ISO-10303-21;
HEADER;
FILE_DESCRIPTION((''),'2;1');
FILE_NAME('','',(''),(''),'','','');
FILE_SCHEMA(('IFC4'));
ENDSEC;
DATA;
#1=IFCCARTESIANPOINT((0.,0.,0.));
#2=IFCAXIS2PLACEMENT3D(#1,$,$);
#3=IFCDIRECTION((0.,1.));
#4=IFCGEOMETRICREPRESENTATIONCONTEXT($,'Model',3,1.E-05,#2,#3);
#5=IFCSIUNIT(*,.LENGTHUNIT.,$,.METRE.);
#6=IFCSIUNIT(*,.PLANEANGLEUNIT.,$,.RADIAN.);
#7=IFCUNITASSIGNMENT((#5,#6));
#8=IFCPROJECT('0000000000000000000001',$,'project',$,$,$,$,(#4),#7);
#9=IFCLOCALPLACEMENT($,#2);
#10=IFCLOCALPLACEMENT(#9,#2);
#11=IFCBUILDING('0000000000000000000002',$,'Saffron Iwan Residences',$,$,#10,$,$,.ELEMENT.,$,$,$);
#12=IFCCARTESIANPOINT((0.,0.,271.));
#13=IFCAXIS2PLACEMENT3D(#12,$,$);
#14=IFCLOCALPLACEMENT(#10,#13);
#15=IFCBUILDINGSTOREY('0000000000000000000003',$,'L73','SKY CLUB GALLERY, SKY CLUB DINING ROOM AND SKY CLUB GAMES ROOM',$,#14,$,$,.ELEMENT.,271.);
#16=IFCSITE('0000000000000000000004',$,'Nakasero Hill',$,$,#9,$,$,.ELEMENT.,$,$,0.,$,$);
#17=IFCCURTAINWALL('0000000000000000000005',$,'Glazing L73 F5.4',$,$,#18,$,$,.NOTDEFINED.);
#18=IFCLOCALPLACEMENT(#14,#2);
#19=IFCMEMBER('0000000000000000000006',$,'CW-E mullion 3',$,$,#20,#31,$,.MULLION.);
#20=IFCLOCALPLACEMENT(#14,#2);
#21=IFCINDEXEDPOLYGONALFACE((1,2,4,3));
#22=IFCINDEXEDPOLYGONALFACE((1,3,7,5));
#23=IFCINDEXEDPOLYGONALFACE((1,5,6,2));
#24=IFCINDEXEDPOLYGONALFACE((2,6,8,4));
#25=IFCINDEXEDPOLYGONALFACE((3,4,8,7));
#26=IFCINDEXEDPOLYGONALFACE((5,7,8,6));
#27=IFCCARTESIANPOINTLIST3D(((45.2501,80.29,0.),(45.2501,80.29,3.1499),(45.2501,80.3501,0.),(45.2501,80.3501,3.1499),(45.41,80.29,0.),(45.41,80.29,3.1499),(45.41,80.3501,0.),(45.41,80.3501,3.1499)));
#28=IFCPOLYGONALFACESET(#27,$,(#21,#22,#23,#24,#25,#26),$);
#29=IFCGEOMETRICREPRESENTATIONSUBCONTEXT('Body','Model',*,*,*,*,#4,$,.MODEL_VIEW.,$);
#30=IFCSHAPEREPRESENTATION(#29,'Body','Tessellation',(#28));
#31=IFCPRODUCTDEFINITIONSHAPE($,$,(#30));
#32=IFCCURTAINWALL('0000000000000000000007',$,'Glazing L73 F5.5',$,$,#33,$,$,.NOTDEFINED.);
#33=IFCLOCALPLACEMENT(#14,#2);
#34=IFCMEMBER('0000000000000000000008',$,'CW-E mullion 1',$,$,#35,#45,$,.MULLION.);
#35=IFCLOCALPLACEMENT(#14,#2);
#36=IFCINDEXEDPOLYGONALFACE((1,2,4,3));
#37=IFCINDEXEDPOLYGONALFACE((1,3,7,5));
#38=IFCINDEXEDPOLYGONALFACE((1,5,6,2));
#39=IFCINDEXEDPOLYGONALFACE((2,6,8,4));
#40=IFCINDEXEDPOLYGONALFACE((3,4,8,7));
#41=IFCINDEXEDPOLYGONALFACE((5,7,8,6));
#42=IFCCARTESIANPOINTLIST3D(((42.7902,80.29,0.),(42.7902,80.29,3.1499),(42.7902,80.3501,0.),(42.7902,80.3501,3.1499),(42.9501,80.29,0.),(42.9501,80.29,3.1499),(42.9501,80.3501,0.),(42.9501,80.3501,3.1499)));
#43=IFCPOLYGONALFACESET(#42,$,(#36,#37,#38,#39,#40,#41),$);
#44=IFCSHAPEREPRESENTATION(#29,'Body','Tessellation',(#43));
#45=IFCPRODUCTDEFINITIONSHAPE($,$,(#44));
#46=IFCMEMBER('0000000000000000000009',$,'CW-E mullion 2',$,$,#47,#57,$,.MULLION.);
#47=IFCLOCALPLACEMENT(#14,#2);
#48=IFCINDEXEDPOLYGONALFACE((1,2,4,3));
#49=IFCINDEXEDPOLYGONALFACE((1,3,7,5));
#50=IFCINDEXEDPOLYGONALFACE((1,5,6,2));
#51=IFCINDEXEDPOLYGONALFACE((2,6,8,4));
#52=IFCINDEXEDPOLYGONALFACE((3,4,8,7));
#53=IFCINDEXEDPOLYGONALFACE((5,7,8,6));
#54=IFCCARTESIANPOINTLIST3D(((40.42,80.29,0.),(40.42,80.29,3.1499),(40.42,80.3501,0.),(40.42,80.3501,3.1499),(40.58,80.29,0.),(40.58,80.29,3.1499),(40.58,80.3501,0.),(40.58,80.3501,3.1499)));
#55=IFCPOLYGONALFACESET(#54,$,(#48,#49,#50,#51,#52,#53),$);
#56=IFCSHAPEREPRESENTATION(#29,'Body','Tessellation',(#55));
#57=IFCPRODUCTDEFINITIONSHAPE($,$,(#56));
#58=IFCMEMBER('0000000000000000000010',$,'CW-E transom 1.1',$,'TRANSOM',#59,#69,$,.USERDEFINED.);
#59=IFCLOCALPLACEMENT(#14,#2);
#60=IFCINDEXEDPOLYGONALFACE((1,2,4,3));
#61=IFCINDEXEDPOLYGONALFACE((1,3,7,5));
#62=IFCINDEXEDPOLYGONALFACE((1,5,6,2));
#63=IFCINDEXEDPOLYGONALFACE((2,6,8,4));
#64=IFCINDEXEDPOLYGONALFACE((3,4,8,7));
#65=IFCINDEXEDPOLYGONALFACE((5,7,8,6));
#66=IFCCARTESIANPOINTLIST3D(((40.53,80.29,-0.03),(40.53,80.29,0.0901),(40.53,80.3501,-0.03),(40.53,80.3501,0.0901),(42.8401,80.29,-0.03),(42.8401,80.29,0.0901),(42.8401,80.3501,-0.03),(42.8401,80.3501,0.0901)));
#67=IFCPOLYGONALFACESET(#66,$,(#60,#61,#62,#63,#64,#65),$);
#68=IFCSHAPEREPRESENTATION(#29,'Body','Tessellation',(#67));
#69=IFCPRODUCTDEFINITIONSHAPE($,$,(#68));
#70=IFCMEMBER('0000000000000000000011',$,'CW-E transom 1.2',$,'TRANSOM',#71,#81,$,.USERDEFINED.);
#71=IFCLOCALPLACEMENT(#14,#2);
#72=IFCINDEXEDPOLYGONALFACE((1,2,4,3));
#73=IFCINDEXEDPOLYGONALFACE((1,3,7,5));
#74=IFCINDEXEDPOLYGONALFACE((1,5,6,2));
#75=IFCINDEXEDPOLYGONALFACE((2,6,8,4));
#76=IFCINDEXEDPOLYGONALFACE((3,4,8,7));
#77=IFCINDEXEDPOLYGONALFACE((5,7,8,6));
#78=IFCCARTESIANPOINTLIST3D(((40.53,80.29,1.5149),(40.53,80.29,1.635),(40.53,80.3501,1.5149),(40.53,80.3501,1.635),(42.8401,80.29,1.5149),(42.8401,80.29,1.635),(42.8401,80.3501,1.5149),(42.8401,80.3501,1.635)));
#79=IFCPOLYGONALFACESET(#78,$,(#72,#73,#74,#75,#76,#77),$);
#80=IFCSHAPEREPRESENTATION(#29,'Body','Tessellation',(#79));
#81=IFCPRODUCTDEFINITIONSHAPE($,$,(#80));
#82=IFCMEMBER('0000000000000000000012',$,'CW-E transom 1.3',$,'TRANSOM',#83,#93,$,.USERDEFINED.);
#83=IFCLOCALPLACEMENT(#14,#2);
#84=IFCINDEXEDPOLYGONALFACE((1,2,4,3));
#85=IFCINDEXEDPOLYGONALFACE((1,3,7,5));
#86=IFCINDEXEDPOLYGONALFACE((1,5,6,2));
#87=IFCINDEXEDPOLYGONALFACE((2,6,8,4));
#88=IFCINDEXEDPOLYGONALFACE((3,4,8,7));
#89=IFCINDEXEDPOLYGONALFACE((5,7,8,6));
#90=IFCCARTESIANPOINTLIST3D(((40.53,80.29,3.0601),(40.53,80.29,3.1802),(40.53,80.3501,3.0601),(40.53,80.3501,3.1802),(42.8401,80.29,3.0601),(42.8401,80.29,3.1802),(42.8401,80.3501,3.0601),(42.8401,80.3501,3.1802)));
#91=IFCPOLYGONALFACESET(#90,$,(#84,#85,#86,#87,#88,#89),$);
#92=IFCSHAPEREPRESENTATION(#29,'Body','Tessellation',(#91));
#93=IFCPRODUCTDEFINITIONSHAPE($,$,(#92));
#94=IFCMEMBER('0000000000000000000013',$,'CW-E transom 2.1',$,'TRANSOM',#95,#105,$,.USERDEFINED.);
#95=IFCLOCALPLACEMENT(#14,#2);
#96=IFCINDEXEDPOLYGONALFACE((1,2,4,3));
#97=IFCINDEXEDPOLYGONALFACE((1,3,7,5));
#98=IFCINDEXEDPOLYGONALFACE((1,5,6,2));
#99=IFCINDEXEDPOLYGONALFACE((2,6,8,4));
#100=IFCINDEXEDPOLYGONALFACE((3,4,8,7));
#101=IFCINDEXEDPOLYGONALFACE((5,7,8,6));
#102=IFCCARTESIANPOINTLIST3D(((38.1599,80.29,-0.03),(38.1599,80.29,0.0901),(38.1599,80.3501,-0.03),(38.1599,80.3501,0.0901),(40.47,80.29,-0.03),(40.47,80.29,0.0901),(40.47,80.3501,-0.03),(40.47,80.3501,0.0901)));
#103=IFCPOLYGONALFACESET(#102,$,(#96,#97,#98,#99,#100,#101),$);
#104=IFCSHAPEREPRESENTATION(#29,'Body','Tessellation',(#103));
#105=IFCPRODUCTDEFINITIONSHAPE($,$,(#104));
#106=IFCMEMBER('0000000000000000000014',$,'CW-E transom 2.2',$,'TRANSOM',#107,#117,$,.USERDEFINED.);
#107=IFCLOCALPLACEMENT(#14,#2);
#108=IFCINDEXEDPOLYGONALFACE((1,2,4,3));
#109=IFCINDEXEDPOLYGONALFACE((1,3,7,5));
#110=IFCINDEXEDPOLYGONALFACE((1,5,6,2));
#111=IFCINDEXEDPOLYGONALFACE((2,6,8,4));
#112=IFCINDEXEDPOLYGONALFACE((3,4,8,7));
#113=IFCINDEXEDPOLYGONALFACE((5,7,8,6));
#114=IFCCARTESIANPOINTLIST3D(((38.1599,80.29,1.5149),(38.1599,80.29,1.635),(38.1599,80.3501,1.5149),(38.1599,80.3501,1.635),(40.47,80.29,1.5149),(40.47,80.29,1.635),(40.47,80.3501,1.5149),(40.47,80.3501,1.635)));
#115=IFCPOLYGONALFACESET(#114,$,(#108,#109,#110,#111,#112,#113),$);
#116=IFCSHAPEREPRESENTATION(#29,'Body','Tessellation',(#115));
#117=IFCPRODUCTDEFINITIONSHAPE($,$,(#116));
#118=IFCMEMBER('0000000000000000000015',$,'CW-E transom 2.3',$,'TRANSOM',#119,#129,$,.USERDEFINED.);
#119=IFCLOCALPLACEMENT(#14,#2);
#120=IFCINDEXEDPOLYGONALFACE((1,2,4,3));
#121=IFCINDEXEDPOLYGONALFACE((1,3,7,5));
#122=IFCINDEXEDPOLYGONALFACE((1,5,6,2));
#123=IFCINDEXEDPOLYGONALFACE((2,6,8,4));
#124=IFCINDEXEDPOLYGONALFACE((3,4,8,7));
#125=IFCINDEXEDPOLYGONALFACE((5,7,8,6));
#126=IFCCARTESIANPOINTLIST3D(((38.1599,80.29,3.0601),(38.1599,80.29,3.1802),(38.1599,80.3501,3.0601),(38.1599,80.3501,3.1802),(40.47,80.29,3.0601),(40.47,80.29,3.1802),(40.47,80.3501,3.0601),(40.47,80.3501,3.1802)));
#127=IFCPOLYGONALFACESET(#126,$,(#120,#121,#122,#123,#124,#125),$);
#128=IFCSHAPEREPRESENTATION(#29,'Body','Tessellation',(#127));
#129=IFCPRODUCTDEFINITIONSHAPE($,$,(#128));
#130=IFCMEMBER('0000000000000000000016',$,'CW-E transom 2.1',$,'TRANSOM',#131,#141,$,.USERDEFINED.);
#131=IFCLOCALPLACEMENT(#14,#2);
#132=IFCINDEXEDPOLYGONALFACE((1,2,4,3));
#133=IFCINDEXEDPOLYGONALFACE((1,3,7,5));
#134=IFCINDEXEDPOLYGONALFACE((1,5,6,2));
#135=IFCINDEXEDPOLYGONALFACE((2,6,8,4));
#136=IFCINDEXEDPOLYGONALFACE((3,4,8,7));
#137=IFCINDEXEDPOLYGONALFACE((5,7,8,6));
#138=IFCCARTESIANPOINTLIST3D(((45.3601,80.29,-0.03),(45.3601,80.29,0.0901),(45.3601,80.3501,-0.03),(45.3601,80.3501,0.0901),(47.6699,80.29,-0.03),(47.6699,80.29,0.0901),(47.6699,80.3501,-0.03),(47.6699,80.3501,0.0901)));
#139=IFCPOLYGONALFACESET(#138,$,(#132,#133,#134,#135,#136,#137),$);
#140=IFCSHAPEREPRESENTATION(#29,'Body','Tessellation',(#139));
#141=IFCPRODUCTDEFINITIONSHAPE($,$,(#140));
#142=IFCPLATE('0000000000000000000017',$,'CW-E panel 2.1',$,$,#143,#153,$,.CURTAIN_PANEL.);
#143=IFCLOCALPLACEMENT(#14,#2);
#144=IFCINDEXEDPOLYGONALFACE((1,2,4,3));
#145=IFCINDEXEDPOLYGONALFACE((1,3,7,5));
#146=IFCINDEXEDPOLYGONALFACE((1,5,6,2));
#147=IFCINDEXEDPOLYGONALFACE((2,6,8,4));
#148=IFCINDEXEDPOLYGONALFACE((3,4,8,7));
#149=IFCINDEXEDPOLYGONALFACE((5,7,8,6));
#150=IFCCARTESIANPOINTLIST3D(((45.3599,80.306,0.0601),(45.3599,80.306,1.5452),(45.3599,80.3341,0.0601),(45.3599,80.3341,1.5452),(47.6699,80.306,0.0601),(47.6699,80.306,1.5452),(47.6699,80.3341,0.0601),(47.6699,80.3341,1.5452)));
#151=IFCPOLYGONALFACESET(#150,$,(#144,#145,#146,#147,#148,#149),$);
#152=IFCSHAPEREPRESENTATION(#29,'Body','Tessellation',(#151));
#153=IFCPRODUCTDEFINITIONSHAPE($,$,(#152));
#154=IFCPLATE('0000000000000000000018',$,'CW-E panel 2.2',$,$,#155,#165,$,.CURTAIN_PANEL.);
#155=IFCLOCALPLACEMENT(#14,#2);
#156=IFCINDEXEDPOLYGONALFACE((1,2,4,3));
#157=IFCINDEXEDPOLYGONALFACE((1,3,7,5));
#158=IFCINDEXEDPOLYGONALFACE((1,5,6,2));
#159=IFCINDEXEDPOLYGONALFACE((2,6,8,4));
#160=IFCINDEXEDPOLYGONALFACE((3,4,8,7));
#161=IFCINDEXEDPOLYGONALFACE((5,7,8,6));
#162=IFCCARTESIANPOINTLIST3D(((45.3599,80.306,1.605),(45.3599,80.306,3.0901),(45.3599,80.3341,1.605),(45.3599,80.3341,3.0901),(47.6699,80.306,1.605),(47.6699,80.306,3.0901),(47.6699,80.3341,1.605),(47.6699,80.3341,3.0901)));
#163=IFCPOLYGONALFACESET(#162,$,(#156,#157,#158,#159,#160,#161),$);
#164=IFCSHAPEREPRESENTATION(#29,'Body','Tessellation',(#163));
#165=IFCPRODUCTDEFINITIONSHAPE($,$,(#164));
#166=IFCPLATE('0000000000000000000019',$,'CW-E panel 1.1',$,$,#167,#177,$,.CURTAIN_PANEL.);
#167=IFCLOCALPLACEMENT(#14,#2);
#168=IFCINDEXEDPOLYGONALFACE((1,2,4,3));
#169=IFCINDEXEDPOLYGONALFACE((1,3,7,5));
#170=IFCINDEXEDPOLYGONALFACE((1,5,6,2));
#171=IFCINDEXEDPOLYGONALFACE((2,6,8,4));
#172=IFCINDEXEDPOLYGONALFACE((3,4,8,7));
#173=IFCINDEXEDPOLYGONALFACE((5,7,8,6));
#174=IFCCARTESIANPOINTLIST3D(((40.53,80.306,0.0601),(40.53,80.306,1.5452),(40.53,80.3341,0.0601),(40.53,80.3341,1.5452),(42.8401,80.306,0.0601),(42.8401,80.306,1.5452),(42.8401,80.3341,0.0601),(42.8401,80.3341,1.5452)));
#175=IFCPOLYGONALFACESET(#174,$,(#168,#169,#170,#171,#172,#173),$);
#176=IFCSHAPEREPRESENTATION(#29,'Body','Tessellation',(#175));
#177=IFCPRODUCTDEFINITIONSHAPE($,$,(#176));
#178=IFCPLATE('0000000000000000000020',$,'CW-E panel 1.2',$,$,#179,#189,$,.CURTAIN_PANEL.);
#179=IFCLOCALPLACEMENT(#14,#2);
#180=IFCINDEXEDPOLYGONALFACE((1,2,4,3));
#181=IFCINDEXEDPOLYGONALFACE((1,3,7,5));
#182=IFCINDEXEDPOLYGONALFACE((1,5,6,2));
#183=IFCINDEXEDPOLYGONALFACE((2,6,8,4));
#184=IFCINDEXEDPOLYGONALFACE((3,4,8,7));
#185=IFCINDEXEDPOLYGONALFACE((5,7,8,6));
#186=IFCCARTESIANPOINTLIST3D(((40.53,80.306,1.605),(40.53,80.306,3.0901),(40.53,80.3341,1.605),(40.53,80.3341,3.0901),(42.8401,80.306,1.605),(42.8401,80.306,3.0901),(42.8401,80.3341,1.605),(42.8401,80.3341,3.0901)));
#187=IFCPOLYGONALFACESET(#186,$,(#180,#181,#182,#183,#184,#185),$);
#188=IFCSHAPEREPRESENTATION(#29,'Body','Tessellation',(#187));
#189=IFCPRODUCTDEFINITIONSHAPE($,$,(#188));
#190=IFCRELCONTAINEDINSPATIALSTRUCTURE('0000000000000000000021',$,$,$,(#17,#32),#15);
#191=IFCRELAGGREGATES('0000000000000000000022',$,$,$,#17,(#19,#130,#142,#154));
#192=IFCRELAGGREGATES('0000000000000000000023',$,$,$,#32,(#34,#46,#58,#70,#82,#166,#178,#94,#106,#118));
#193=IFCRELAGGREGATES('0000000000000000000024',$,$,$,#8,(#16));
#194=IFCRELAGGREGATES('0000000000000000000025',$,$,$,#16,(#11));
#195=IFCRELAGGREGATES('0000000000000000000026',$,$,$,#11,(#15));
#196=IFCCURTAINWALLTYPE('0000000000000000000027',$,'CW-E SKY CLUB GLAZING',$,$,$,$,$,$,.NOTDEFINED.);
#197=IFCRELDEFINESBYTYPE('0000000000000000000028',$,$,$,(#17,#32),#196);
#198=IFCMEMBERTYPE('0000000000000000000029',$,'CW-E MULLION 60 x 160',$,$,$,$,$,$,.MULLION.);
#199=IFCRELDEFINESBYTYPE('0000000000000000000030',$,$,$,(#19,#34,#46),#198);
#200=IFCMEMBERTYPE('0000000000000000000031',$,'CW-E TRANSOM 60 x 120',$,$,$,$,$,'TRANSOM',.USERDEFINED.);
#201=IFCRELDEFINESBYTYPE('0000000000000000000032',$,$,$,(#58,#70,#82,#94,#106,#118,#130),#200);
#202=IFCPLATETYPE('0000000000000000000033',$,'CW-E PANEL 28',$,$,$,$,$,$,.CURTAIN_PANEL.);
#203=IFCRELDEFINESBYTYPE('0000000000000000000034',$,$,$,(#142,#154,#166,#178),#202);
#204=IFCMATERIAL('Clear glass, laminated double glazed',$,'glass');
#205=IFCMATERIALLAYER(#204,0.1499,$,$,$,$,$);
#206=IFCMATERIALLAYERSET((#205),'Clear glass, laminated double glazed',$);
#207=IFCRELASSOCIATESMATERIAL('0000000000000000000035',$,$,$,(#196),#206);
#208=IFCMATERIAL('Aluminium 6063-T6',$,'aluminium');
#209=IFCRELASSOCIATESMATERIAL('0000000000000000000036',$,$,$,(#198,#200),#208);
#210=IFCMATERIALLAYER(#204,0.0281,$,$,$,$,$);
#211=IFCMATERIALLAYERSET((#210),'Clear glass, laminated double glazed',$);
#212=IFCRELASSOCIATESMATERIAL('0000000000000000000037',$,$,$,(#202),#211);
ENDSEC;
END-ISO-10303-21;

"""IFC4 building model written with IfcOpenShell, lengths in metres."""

from ifc_helpers import new_model, si_unit, direction, frame, origin, origin_2d, place, context, subcontext, project, spatial, rectangle, extrude, source, transform, mapped, material, layer, layer_set, material_profile, profile_set, type_object, element, aggregate, save


model = new_model("IFC4")

# Units and contexts
model_context = context("Model", 3, precision=1e-05, world=origin(), true_north=direction((0.0, 1.0)))
body_context = subcontext(model_context, "Body", "Model", "MODEL_VIEW")
ifc_project = project(units=[si_unit("LENGTHUNIT", "METRE"), si_unit("PLANEANGLEUNIT", "RADIAN")], contexts=[model_context])

# Site, building, storey
site_placement = place(None, origin())
site = spatial("IfcSite", under=ifc_project, at=site_placement, Name="Nakasero Hill", CompositionType="ELEMENT", RefElevation=0.0)
building_placement = place(site_placement, origin())
building = spatial("IfcBuilding", under=site, at=building_placement, Name="Saffron Iwan Residences", CompositionType="ELEMENT")
storey_placement = place(building_placement, frame((0.0, 0.0, 271.0)))
storey = spatial("IfcBuildingStorey", under=building, at=storey_placement, Name="L73", Description="SKY CLUB GALLERY, SKY CLUB DINING ROOM AND SKY CLUB GAMES ROOM", CompositionType="ELEMENT", Elevation=271.0)

# Curtain wall, member
ifc_material_1 = material(Name="Clear glass, laminated double glazed", Category="glass")
ifc_layer_1 = layer(ifc_material_1, 0.1499)
ifc_layer_set_1 = layer_set([ifc_layer_1], Name="Clear glass, laminated double glazed")
curtain_wall_type = type_object("IfcCurtainWallType", Name="CW-E SKY CLUB GLAZING", PredefinedType="NOTDEFINED", material=ifc_layer_set_1)
curtain_wall_1_placement = place(storey_placement, origin())
curtain_wall_1 = element("IfcCurtainWall", 1, at=curtain_wall_1_placement, inside=storey, type_object=curtain_wall_type, Name="Glazing L73 F5.4", PredefinedType="NOTDEFINED")
ifc_material_2 = material(Name="Aluminium 6063-T6", Category="aluminium")
ifc_material_profile_1 = material_profile(ifc_material_2, rectangle(XDim=0.0601, YDim=0.1599, at=origin_2d()), Name="CW-E MULLION 60 x 160")
ifc_profile_set_1 = profile_set([ifc_material_profile_1], Name="Aluminium 6063-T6")
member_type_1 = type_object("IfcMemberType", Name="CW-E MULLION 60 x 160", PredefinedType="MULLION", material=ifc_profile_set_1)
shared_shape_1 = source(origin(), body_context, "Body", "SweptSolid", [
    extrude(rectangle(XDim=0.0601, YDim=0.1599, at=origin_2d()), origin(), (0.0, 0.0, 1.0), 3.1499),
])
member_1_placement = place(storey_placement, frame((45.3301, 80.3201, 0.0), z_axis=(0.0, 0.0, 1.0), x_axis=(0.0, -1.0, 0.0)))
member_1 = element("IfcMember", 2, at=member_1_placement, type_object=member_type_1, Name="CW-E mullion 3", PredefinedType="MULLION", context=body_context, shape_type="MappedRepresentation", body=[
    mapped(shared_shape_1, transform((0.0, 0.0, 0.0))),
])

# Curtain wall, members
curtain_wall_2_placement = place(storey_placement, origin())
curtain_wall_2 = element("IfcCurtainWall", 3, at=curtain_wall_2_placement, inside=storey, type_object=curtain_wall_type, Name="Glazing L73 F5.5", PredefinedType="NOTDEFINED")
member_2_placement = place(storey_placement, frame((42.8701, 80.3201, 0.0), z_axis=(0.0, 0.0, 1.0), x_axis=(0.0, -1.0, 0.0)))
member_2 = element("IfcMember", 4, at=member_2_placement, type_object=member_type_1, Name="CW-E mullion 1", PredefinedType="MULLION", context=body_context, shape_type="MappedRepresentation", body=[
    mapped(shared_shape_1, transform((0.0, 0.0, 0.0))),
])
member_3_placement = place(storey_placement, frame((40.5, 80.3201, 0.0), z_axis=(0.0, 0.0, 1.0), x_axis=(0.0, -1.0, 0.0)))
member_3 = element("IfcMember", 5, at=member_3_placement, type_object=member_type_1, Name="CW-E mullion 2", PredefinedType="MULLION", context=body_context, shape_type="MappedRepresentation", body=[
    mapped(shared_shape_1, transform((0.0, 0.0, 0.0))),
])
ifc_material_profile_2 = material_profile(ifc_material_2, rectangle(XDim=0.0601, YDim=0.1201, at=origin_2d()), Name="CW-E TRANSOM 60 x 120")
ifc_profile_set_2 = profile_set([ifc_material_profile_2], Name="Aluminium 6063-T6")
member_type_2 = type_object("IfcMemberType", Name="CW-E TRANSOM 60 x 120", ElementType="TRANSOM", PredefinedType="USERDEFINED", material=ifc_profile_set_2)
shared_shape_2 = source(origin(), body_context, "Body", "SweptSolid", [
    extrude(rectangle(XDim=0.0601, YDim=0.1201, at=origin_2d()), origin(), (0.0, 0.0, 1.0), 2.3101),
])
member_4_placement = place(storey_placement, frame((42.8401, 80.3201, 0.03), z_axis=(-1.0, 0.0, 0.0), x_axis=(0.0, -1.0, 0.0)))
member_4 = element("IfcMember", 6, at=member_4_placement, type_object=member_type_2, Name="CW-E transom 1.1", ObjectType="TRANSOM", PredefinedType="USERDEFINED", context=body_context, shape_type="MappedRepresentation", body=[
    mapped(shared_shape_2, transform((0.0, 0.0, 0.0))),
])
member_5_placement = place(storey_placement, frame((42.8401, 80.3201, 1.575), z_axis=(-1.0, 0.0, 0.0), x_axis=(0.0, -1.0, 0.0)))
member_5 = element("IfcMember", 7, at=member_5_placement, type_object=member_type_2, Name="CW-E transom 1.2", ObjectType="TRANSOM", PredefinedType="USERDEFINED", context=body_context, shape_type="MappedRepresentation", body=[
    mapped(shared_shape_2, transform((0.0, 0.0, 0.0))),
])
member_6_placement = place(storey_placement, frame((42.8401, 80.3201, 3.1201), z_axis=(-1.0, 0.0, 0.0), x_axis=(0.0, -1.0, 0.0)))
member_6 = element("IfcMember", 8, at=member_6_placement, type_object=member_type_2, Name="CW-E transom 1.3", ObjectType="TRANSOM", PredefinedType="USERDEFINED", context=body_context, shape_type="MappedRepresentation", body=[
    mapped(shared_shape_2, transform((0.0, 0.0, 0.0))),
])
member_7_placement = place(storey_placement, frame((40.47, 80.3201, 0.03), z_axis=(-1.0, 0.0, 0.0), x_axis=(0.0, -1.0, 0.0)))
member_7 = element("IfcMember", 9, at=member_7_placement, type_object=member_type_2, Name="CW-E transom 2.1", ObjectType="TRANSOM", PredefinedType="USERDEFINED", context=body_context, shape_type="MappedRepresentation", body=[
    mapped(shared_shape_2, transform((0.0, 0.0, 0.0))),
])
member_8_placement = place(storey_placement, frame((40.47, 80.3201, 1.575), z_axis=(-1.0, 0.0, 0.0), x_axis=(0.0, -1.0, 0.0)))
member_8 = element("IfcMember", 10, at=member_8_placement, type_object=member_type_2, Name="CW-E transom 2.2", ObjectType="TRANSOM", PredefinedType="USERDEFINED", context=body_context, shape_type="MappedRepresentation", body=[
    mapped(shared_shape_2, transform((0.0, 0.0, 0.0))),
])
member_9_placement = place(storey_placement, frame((40.47, 80.3201, 3.1201), z_axis=(-1.0, 0.0, 0.0), x_axis=(0.0, -1.0, 0.0)))
member_9 = element("IfcMember", 11, at=member_9_placement, type_object=member_type_2, Name="CW-E transom 2.3", ObjectType="TRANSOM", PredefinedType="USERDEFINED", context=body_context, shape_type="MappedRepresentation", body=[
    mapped(shared_shape_2, transform((0.0, 0.0, 0.0))),
])

# Member
shared_shape_3 = source(origin(), body_context, "Body", "SweptSolid", [
    extrude(rectangle(XDim=0.0601, YDim=0.1201, at=origin_2d()), origin(), (0.0, 0.0, 1.0), 2.3098),
])
member_10_placement = place(storey_placement, frame((47.6699, 80.3201, 0.03), z_axis=(-1.0, 0.0, 0.0), x_axis=(0.0, -1.0, 0.0)))
member_10 = element("IfcMember", 12, at=member_10_placement, type_object=member_type_2, Name="CW-E transom 2.1", ObjectType="TRANSOM", PredefinedType="USERDEFINED", context=body_context, shape_type="MappedRepresentation", body=[
    mapped(shared_shape_3, transform((0.0, 0.0, 0.0))),
])

# Plates
ifc_layer_2 = layer(ifc_material_1, 0.0281)
ifc_layer_set_2 = layer_set([ifc_layer_2], Name="Clear glass, laminated double glazed")
plate_type = type_object("IfcPlateType", Name="CW-E PANEL 28", PredefinedType="CURTAIN_PANEL", material=ifc_layer_set_2)
shared_shape_4 = source(origin(), body_context, "Body", "SweptSolid", [
    extrude(rectangle(XDim=2.3101, YDim=0.0281, at=origin_2d()), origin(), (0.0, 0.0, 1.0), 1.4851),
])
plate_1_placement = place(storey_placement, frame((46.5149, 80.3201, 0.0601), z_axis=(0.0, 0.0, 1.0), x_axis=(-1.0, 0.0, 0.0)))
plate_1 = element("IfcPlate", 13, at=plate_1_placement, type_object=plate_type, Name="CW-E panel 2.1", PredefinedType="CURTAIN_PANEL", context=body_context, shape_type="MappedRepresentation", body=[
    mapped(shared_shape_4, transform((0.0, 0.0, 0.0))),
])
plate_2_placement = place(storey_placement, frame((46.5149, 80.3201, 1.605), z_axis=(0.0, 0.0, 1.0), x_axis=(-1.0, 0.0, 0.0)))
plate_2 = element("IfcPlate", 14, at=plate_2_placement, type_object=plate_type, Name="CW-E panel 2.2", PredefinedType="CURTAIN_PANEL", context=body_context, shape_type="MappedRepresentation", body=[
    mapped(shared_shape_4, transform((0.0, 0.0, 0.0))),
])
aggregate(curtain_wall_1, [member_1, member_10, plate_1, plate_2])
plate_3_placement = place(storey_placement, frame((41.6851, 80.3201, 0.0601), z_axis=(0.0, 0.0, 1.0), x_axis=(-1.0, 0.0, 0.0)))
plate_3 = element("IfcPlate", 15, at=plate_3_placement, type_object=plate_type, Name="CW-E panel 1.1", PredefinedType="CURTAIN_PANEL", context=body_context, shape_type="MappedRepresentation", body=[
    mapped(shared_shape_4, transform((0.0, 0.0, 0.0))),
])
plate_4_placement = place(storey_placement, frame((41.6851, 80.3201, 1.605), z_axis=(0.0, 0.0, 1.0), x_axis=(-1.0, 0.0, 0.0)))
plate_4 = element("IfcPlate", 16, at=plate_4_placement, type_object=plate_type, Name="CW-E panel 1.2", PredefinedType="CURTAIN_PANEL", context=body_context, shape_type="MappedRepresentation", body=[
    mapped(shared_shape_4, transform((0.0, 0.0, 0.0))),
])
aggregate(curtain_wall_2, [member_2, member_3, member_4, member_5, member_6, plate_3, plate_4, member_7, member_8, member_9])

save(model, "model.ifc")
